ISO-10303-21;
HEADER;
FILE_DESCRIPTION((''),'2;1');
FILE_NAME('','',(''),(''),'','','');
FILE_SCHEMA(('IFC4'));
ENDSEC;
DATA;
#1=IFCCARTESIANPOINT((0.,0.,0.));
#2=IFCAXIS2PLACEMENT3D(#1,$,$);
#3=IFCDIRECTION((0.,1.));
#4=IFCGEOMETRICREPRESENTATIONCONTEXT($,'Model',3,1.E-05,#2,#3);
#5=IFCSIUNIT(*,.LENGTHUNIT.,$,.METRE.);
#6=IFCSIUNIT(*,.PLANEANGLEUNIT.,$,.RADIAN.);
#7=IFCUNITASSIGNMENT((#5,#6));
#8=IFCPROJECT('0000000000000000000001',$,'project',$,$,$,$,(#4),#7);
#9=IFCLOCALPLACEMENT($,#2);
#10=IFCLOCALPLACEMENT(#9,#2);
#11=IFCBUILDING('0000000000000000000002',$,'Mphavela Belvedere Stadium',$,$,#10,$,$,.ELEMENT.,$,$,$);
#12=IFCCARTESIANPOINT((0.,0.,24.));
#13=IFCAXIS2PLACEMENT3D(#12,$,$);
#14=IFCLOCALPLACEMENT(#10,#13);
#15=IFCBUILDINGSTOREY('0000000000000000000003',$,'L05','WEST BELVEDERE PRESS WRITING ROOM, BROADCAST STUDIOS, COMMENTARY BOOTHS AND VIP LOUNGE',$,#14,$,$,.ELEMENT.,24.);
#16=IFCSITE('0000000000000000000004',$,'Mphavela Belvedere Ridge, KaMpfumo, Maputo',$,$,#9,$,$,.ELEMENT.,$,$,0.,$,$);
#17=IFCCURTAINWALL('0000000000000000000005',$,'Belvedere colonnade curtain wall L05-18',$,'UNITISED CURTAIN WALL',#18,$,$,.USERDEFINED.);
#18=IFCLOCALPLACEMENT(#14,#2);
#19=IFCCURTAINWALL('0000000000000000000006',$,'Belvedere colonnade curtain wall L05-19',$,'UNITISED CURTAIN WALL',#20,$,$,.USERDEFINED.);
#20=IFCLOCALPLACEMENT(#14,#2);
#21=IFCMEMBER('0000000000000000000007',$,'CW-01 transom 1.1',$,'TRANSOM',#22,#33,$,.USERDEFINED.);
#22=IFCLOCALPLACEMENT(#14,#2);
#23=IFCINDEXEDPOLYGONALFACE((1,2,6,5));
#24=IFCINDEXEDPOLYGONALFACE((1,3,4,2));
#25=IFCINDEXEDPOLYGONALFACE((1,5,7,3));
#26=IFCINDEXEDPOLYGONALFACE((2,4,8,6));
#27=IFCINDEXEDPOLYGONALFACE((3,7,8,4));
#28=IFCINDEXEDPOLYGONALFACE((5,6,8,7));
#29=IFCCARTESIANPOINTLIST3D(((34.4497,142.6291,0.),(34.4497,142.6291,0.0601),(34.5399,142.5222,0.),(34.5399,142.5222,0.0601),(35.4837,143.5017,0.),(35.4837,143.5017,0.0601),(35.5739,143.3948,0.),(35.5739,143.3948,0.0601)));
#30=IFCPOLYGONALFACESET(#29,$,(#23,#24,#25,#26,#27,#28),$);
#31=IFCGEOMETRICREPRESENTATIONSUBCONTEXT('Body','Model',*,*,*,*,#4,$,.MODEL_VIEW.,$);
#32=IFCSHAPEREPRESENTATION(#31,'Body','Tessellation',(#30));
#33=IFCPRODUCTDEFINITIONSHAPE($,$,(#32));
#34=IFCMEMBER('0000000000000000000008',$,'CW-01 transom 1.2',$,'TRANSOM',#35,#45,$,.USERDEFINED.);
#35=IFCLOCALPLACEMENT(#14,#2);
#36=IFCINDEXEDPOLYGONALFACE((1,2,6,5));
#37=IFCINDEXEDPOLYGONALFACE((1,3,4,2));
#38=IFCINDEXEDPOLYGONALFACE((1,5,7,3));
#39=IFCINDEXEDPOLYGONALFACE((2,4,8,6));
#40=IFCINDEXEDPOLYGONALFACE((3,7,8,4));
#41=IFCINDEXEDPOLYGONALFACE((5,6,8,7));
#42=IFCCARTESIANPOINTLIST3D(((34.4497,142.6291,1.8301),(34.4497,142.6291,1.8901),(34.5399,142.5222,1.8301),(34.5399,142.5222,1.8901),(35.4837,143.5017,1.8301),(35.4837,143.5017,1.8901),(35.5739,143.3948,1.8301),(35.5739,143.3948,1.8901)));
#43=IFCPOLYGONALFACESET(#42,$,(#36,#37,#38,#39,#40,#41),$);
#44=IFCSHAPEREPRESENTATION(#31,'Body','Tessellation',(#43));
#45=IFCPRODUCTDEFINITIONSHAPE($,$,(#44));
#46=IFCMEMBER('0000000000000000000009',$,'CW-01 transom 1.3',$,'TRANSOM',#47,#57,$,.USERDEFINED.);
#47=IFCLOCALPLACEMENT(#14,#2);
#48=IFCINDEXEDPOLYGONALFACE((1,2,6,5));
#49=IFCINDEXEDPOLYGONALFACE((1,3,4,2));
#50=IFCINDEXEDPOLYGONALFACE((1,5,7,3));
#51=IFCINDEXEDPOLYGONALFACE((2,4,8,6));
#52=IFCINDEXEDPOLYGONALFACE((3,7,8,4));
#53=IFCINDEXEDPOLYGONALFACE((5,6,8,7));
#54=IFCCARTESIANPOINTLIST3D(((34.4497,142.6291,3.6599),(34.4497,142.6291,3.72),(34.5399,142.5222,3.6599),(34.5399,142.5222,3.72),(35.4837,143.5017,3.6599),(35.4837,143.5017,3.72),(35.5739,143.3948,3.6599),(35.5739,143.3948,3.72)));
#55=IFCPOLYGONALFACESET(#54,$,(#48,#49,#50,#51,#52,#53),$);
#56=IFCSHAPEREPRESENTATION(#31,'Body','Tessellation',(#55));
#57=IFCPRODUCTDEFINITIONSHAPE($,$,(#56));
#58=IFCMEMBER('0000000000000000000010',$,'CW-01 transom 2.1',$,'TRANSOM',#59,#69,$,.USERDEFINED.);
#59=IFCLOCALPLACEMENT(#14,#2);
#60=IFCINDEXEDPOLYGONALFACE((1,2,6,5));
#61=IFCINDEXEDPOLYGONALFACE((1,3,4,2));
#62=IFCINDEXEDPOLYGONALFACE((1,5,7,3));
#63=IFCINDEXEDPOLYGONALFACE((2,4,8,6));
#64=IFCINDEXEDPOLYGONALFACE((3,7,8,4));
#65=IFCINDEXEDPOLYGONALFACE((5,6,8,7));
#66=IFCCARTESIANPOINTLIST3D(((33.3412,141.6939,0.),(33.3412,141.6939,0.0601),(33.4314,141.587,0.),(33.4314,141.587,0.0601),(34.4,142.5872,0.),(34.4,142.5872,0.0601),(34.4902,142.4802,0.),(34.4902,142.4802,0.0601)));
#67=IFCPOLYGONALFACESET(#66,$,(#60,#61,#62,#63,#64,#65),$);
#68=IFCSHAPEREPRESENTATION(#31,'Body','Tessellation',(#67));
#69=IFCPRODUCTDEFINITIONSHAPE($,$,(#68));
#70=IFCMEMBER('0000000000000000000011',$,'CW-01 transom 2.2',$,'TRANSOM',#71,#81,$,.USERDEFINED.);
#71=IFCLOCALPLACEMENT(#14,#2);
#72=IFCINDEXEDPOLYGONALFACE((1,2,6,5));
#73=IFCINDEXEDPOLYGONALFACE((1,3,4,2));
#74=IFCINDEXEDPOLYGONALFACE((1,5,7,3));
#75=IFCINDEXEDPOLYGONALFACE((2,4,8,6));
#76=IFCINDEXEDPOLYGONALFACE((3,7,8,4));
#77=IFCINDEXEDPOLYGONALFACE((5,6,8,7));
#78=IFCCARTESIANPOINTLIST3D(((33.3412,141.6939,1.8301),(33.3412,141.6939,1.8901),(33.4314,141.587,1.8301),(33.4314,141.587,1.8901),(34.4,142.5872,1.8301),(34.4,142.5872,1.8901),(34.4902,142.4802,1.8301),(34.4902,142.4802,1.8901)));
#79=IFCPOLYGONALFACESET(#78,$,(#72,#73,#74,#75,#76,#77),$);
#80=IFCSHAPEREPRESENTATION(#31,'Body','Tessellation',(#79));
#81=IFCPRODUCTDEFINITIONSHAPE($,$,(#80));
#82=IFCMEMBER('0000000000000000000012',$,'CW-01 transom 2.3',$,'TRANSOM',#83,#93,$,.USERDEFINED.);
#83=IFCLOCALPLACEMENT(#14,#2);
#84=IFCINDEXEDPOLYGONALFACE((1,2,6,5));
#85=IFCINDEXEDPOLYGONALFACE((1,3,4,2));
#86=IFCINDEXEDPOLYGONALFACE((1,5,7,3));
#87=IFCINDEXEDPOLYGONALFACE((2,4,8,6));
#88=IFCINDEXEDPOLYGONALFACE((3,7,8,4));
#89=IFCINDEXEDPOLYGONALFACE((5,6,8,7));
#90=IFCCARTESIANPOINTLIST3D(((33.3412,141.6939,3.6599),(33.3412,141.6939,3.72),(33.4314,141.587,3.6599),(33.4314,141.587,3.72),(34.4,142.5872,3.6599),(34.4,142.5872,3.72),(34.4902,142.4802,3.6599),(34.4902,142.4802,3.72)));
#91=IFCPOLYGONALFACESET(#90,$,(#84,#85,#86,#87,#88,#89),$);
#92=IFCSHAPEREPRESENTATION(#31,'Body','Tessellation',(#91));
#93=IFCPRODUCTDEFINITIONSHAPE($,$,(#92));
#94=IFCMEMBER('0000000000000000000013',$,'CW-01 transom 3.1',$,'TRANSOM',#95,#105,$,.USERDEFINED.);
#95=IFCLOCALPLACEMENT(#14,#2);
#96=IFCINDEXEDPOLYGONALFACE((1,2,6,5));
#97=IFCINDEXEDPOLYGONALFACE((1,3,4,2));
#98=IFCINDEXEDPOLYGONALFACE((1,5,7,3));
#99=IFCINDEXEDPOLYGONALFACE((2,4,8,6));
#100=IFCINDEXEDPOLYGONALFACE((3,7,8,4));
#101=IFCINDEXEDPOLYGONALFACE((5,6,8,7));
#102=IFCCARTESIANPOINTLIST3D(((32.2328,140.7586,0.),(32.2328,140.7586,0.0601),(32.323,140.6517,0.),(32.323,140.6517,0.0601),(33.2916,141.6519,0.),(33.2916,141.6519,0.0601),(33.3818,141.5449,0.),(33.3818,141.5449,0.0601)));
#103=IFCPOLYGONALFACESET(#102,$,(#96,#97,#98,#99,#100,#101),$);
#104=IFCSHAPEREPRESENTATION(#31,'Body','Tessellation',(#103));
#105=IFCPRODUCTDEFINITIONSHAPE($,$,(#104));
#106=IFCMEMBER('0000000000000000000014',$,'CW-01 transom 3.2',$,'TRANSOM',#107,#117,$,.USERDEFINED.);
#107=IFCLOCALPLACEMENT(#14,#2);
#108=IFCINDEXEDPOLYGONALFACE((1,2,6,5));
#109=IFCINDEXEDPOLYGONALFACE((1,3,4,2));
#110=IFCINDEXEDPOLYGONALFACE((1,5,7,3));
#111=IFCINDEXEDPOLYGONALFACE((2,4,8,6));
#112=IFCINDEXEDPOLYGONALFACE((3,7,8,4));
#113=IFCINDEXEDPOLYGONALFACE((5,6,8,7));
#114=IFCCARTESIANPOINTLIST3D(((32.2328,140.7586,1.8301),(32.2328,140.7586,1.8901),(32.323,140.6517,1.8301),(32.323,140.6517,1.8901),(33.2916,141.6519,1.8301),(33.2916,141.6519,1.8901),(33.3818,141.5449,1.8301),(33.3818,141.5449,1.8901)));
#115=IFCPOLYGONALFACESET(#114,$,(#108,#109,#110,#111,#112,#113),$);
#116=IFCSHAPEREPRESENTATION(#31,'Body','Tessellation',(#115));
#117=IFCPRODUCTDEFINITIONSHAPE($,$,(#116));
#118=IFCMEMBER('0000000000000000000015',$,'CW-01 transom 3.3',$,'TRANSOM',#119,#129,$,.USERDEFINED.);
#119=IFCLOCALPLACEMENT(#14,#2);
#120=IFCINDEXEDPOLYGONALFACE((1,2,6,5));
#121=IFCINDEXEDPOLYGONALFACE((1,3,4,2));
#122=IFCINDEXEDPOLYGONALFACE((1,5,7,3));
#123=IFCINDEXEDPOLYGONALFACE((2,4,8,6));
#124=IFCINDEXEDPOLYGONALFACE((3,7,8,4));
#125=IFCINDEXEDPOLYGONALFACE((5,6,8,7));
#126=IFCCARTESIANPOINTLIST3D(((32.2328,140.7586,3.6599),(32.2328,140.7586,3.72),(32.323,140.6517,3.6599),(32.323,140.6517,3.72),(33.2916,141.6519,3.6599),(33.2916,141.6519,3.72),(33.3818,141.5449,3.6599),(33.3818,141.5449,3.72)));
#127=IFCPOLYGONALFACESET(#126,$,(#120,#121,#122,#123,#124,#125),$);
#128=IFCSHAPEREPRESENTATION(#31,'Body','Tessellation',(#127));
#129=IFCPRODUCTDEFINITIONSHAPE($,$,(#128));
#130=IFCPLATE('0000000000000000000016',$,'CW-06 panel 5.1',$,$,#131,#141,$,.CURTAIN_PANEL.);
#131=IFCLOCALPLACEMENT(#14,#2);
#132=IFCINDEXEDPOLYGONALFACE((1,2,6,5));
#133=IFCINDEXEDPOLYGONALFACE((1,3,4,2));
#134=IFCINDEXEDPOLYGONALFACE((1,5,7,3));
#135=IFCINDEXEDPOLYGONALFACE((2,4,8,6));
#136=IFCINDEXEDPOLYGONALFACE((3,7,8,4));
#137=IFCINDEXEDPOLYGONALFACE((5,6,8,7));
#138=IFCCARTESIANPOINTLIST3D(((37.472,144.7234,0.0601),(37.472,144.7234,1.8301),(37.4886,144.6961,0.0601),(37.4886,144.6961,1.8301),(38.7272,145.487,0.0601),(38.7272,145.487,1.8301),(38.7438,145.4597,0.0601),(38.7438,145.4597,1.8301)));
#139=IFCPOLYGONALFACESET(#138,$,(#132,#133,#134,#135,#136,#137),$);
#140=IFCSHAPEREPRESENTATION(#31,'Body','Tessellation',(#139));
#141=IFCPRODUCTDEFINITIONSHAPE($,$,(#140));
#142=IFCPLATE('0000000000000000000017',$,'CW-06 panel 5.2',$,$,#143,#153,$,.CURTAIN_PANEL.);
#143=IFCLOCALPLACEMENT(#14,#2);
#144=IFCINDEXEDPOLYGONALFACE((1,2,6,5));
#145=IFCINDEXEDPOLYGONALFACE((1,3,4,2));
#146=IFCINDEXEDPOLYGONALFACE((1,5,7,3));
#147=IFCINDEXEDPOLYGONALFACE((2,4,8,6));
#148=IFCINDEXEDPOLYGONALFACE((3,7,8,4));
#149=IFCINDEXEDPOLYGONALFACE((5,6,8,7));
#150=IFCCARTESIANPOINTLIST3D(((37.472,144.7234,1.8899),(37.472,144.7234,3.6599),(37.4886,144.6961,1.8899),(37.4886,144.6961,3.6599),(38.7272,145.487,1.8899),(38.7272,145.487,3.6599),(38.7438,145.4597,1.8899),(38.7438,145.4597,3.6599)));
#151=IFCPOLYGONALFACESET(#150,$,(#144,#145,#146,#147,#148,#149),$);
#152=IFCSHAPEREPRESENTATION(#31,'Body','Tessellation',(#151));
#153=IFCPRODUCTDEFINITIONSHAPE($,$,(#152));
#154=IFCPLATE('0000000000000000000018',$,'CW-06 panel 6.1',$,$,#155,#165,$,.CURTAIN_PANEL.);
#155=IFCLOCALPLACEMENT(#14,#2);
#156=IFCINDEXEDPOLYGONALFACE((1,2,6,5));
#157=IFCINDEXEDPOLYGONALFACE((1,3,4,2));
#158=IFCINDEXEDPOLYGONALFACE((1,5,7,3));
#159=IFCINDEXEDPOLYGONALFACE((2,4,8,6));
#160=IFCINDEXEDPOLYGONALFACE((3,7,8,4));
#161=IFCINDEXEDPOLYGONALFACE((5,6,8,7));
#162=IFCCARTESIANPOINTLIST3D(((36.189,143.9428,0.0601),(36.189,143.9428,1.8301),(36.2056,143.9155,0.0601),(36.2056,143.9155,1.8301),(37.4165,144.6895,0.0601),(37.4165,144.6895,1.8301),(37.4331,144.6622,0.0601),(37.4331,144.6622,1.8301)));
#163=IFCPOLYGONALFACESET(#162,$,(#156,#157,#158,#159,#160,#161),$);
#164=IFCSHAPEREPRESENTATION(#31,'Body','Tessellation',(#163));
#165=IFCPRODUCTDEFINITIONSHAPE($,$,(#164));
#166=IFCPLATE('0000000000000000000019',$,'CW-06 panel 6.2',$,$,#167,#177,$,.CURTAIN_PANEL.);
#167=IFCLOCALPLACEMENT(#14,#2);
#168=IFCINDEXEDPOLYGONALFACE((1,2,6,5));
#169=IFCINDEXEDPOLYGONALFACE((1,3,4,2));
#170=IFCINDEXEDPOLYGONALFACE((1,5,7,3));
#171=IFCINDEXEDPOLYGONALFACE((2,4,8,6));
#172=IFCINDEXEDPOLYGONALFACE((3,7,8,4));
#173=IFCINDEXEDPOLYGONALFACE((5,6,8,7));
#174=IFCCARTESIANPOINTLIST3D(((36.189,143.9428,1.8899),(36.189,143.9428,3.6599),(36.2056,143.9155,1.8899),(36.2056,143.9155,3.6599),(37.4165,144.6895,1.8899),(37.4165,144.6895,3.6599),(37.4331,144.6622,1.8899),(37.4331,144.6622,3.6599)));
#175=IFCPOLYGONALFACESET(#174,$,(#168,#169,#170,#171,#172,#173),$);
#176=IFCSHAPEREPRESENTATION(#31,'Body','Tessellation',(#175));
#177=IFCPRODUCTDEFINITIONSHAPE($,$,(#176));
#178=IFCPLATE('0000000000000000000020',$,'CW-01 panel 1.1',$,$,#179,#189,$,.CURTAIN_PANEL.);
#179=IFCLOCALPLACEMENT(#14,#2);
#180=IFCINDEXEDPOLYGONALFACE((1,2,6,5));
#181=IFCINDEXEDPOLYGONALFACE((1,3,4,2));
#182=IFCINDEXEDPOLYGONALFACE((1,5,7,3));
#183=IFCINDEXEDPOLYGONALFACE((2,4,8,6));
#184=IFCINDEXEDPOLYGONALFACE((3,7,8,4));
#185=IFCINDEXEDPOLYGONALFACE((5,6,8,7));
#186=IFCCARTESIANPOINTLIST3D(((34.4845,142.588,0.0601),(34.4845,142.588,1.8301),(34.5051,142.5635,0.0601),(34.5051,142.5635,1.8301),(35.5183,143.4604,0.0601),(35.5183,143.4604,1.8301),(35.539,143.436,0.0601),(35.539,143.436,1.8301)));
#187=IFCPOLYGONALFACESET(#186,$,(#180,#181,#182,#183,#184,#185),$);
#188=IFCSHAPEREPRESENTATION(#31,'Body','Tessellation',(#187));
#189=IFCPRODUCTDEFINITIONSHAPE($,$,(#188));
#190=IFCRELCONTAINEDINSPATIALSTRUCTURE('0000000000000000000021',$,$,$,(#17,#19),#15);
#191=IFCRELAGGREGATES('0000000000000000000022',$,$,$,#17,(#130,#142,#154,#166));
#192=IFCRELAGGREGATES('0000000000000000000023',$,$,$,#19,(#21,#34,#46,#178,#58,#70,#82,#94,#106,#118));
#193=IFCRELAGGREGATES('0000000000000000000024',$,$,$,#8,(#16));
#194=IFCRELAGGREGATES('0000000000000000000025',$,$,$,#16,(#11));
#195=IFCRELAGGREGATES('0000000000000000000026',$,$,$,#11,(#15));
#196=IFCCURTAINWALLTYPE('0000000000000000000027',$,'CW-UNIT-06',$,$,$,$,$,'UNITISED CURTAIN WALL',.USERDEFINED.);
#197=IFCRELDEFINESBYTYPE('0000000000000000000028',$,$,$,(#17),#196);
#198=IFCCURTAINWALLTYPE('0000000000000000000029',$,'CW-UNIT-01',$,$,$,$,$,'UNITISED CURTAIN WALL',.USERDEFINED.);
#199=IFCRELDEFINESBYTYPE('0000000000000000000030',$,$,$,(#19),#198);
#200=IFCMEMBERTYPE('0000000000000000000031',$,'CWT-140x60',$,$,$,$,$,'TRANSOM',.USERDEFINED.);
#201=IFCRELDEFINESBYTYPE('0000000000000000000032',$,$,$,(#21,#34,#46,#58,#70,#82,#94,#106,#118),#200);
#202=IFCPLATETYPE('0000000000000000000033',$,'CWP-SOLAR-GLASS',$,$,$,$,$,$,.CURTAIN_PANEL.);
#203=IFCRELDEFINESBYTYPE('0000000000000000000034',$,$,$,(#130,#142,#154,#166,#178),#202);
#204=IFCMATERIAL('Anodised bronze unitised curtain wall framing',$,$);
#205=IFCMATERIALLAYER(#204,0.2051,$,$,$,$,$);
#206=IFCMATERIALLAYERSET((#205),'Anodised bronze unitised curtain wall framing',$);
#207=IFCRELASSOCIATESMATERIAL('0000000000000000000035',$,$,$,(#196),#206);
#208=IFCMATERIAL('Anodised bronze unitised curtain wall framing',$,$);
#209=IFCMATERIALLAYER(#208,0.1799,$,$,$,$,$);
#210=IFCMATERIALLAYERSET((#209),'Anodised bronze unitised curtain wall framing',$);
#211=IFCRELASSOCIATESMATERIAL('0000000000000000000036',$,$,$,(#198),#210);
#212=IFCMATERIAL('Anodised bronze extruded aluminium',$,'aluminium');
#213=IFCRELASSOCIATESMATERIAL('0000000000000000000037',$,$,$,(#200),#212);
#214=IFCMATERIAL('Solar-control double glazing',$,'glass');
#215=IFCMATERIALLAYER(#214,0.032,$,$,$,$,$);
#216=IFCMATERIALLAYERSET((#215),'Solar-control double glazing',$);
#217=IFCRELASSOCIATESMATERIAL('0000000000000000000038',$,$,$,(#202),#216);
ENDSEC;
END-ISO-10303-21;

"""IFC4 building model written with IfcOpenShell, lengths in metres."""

from ifc_helpers import new_model, si_unit, direction, frame, origin, origin_2d, place, context, subcontext, project, spatial, rectangle, extrude, material, layer, layer_set, material_profile, profile_set, type_object, element, aggregate, save


model = new_model("IFC4")

# Units and contexts
model_context = context("Model", 3, precision=1e-05, world=origin(), true_north=direction((0.0, 1.0)))
body_context = subcontext(model_context, "Body", "Model", "MODEL_VIEW")
ifc_project = project(units=[si_unit("LENGTHUNIT", "METRE"), si_unit("PLANEANGLEUNIT", "RADIAN")], contexts=[model_context])

# Site, building, storey
site_placement = place(None, origin())
site = spatial("IfcSite", under=ifc_project, at=site_placement, Name="Mphavela Belvedere Ridge, KaMpfumo, Maputo", CompositionType="ELEMENT", RefElevation=0.0)
building_placement = place(site_placement, origin())
building = spatial("IfcBuilding", under=site, at=building_placement, Name="Mphavela Belvedere Stadium", CompositionType="ELEMENT")
storey_placement = place(building_placement, frame((0.0, 0.0, 24.0)))
storey = spatial("IfcBuildingStorey", under=building, at=storey_placement, Name="L05", Description="WEST BELVEDERE PRESS WRITING ROOM, BROADCAST STUDIOS, COMMENTARY BOOTHS AND VIP LOUNGE", CompositionType="ELEMENT", Elevation=24.0)

# Curtain walls
ifc_material_1 = material(Name="Anodised bronze unitised curtain wall framing")
ifc_layer_1 = layer(ifc_material_1, 0.2051)
ifc_layer_set_1 = layer_set([ifc_layer_1], Name="Anodised bronze unitised curtain wall framing")
curtain_wall_type_1 = type_object("IfcCurtainWallType", Name="CW-UNIT-06", ElementType="UNITISED CURTAIN WALL", PredefinedType="USERDEFINED", material=ifc_layer_set_1)
curtain_wall_1_placement = place(storey_placement, origin())
curtain_wall_1 = element("IfcCurtainWall", 1, at=curtain_wall_1_placement, inside=storey, type_object=curtain_wall_type_1, Name="Belvedere colonnade curtain wall L05-18", ObjectType="UNITISED CURTAIN WALL", PredefinedType="USERDEFINED")
ifc_material_2 = material(Name="Anodised bronze unitised curtain wall framing")
ifc_layer_2 = layer(ifc_material_2, 0.1799)
ifc_layer_set_2 = layer_set([ifc_layer_2], Name="Anodised bronze unitised curtain wall framing")
curtain_wall_type_2 = type_object("IfcCurtainWallType", Name="CW-UNIT-01", ElementType="UNITISED CURTAIN WALL", PredefinedType="USERDEFINED", material=ifc_layer_set_2)
curtain_wall_2_placement = place(storey_placement, origin())
curtain_wall_2 = element("IfcCurtainWall", 2, at=curtain_wall_2_placement, inside=storey, type_object=curtain_wall_type_2, Name="Belvedere colonnade curtain wall L05-19", ObjectType="UNITISED CURTAIN WALL", PredefinedType="USERDEFINED")

# Members
ifc_material_3 = material(Name="Anodised bronze extruded aluminium", Category="aluminium")
ifc_material_profile_1 = material_profile(ifc_material_3, rectangle(XDim=0.1399, YDim=0.0601, at=origin_2d()), Name="CW-TRN 140x60")
ifc_profile_set_1 = profile_set([ifc_material_profile_1], Name="Anodised bronze extruded aluminium")
member_type_1 = type_object("IfcMemberType", Name="CWT-140x60", ElementType="TRANSOM", PredefinedType="USERDEFINED", material=ifc_profile_set_1)
member_1_placement = place(storey_placement, frame((35.5288, 143.4482, 0.03), z_axis=(-0.764228, -0.644947, 0.0), x_axis=(0.644947, -0.764228, 0.0)))
member_1 = element("IfcMember", 3, at=member_1_placement, type_object=member_type_1, Name="CW-01 transom 1.1", ObjectType="TRANSOM", PredefinedType="USERDEFINED", context=body_context, shape_type="SweptSolid", body=[
    extrude(rectangle(XDim=0.1399, YDim=0.0601, at=origin_2d()), origin(), (0.0, 0.0, 1.0), 1.353),
])
member_2_placement = place(storey_placement, frame((35.5288, 143.4482, 1.8601), z_axis=(-0.764228, -0.644947, 0.0), x_axis=(0.644947, -0.764228, 0.0)))
member_2 = element("IfcMember", 4, at=member_2_placement, type_object=member_type_1, Name="CW-01 transom 1.2", ObjectType="TRANSOM", PredefinedType="USERDEFINED", context=body_context, shape_type="SweptSolid", body=[
    extrude(rectangle(XDim=0.1399, YDim=0.0601, at=origin_2d()), origin(), (0.0, 0.0, 1.0), 1.353),
])
member_3_placement = place(storey_placement, frame((35.5288, 143.4482, 3.6899), z_axis=(-0.764228, -0.644947, 0.0), x_axis=(0.644947, -0.764228, 0.0)))
member_3 = element("IfcMember", 5, at=member_3_placement, type_object=member_type_1, Name="CW-01 transom 1.3", ObjectType="TRANSOM", PredefinedType="USERDEFINED", context=body_context, shape_type="SweptSolid", body=[
    extrude(rectangle(XDim=0.1399, YDim=0.0601, at=origin_2d()), origin(), (0.0, 0.0, 1.0), 1.353),
])
member_4_placement = place(storey_placement, frame((34.4451, 142.5337, 0.03), z_axis=(-0.764321, -0.644836, 0.0), x_axis=(0.644836, -0.764321, 0.0)))
member_4 = element("IfcMember", 6, at=member_4_placement, type_object=member_type_1, Name="CW-01 transom 2.1", ObjectType="TRANSOM", PredefinedType="USERDEFINED", context=body_context, shape_type="SweptSolid", body=[
    extrude(rectangle(XDim=0.1399, YDim=0.0601, at=origin_2d()), origin(), (0.0, 0.0, 1.0), 1.3853),
])
member_5_placement = place(storey_placement, frame((34.4451, 142.5337, 1.8601), z_axis=(-0.764321, -0.644836, 0.0), x_axis=(0.644836, -0.764321, 0.0)))
member_5 = element("IfcMember", 7, at=member_5_placement, type_object=member_type_1, Name="CW-01 transom 2.2", ObjectType="TRANSOM", PredefinedType="USERDEFINED", context=body_context, shape_type="SweptSolid", body=[
    extrude(rectangle(XDim=0.1399, YDim=0.0601, at=origin_2d()), origin(), (0.0, 0.0, 1.0), 1.3853),
])
member_6_placement = place(storey_placement, frame((34.4451, 142.5337, 3.6899), z_axis=(-0.764321, -0.644836, 0.0), x_axis=(0.644836, -0.764321, 0.0)))
member_6 = element("IfcMember", 8, at=member_6_placement, type_object=member_type_1, Name="CW-01 transom 2.3", ObjectType="TRANSOM", PredefinedType="USERDEFINED", context=body_context, shape_type="SweptSolid", body=[
    extrude(rectangle(XDim=0.1399, YDim=0.0601, at=origin_2d()), origin(), (0.0, 0.0, 1.0), 1.3853),
])
member_7_placement = place(storey_placement, frame((33.3367, 141.5984, 0.03), z_axis=(-0.764321, -0.644836, 0.0), x_axis=(0.644836, -0.764321, 0.0)))
member_7 = element("IfcMember", 9, at=member_7_placement, type_object=member_type_1, Name="CW-01 transom 3.1", ObjectType="TRANSOM", PredefinedType="USERDEFINED", context=body_context, shape_type="SweptSolid", body=[
    extrude(rectangle(XDim=0.1399, YDim=0.0601, at=origin_2d()), origin(), (0.0, 0.0, 1.0), 1.3853),
])
member_8_placement = place(storey_placement, frame((33.3367, 141.5984, 1.8601), z_axis=(-0.764321, -0.644836, 0.0), x_axis=(0.644836, -0.764321, 0.0)))
member_8 = element("IfcMember", 10, at=member_8_placement, type_object=member_type_1, Name="CW-01 transom 3.2", ObjectType="TRANSOM", PredefinedType="USERDEFINED", context=body_context, shape_type="SweptSolid", body=[
    extrude(rectangle(XDim=0.1399, YDim=0.0601, at=origin_2d()), origin(), (0.0, 0.0, 1.0), 1.3853),
])
member_9_placement = place(storey_placement, frame((33.3367, 141.5984, 3.6899), z_axis=(-0.764321, -0.644836, 0.0), x_axis=(0.644836, -0.764321, 0.0)))
member_9 = element("IfcMember", 11, at=member_9_placement, type_object=member_type_1, Name="CW-01 transom 3.3", ObjectType="TRANSOM", PredefinedType="USERDEFINED", context=body_context, shape_type="SweptSolid", body=[
    extrude(rectangle(XDim=0.1399, YDim=0.0601, at=origin_2d()), origin(), (0.0, 0.0, 1.0), 1.3853),
])

# Plates
ifc_material_4 = material(Name="Solar-control double glazing", Category="glass")
ifc_layer_3 = layer(ifc_material_4, 0.032)
ifc_layer_set_3 = layer_set([ifc_layer_3], Name="Solar-control double glazing")
plate_type = type_object("IfcPlateType", Name="CWP-SOLAR-GLASS", PredefinedType="CURTAIN_PANEL", material=ifc_layer_set_3)
plate_1_placement = place(storey_placement, frame((38.1079, 145.0916, 0.0601), z_axis=(0.0, 0.0, 1.0), x_axis=(-0.854327, -0.519735, 0.0)))
plate_1 = element("IfcPlate", 12, at=plate_1_placement, type_object=plate_type, Name="CW-06 panel 5.1", PredefinedType="CURTAIN_PANEL", context=body_context, shape_type="SweptSolid", body=[
    extrude(rectangle(XDim=1.4692, YDim=0.032, at=origin_2d()), origin(), (0.0, 0.0, 1.0), 1.77),
])
plate_2_placement = place(storey_placement, frame((38.1079, 145.0916, 1.8899), z_axis=(0.0, 0.0, 1.0), x_axis=(-0.854327, -0.519735, 0.0)))
plate_2 = element("IfcPlate", 13, at=plate_2_placement, type_object=plate_type, Name="CW-06 panel 5.2", PredefinedType="CURTAIN_PANEL", context=body_context, shape_type="SweptSolid", body=[
    extrude(rectangle(XDim=1.4692, YDim=0.032, at=origin_2d()), origin(), (0.0, 0.0, 1.0), 1.77),
])
plate_3_placement = place(storey_placement, frame((36.811, 144.3025, 0.0601), z_axis=(0.0, 0.0, 1.0), x_axis=(-0.854327, -0.519735, 0.0)))
plate_3 = element("IfcPlate", 14, at=plate_3_placement, type_object=plate_type, Name="CW-06 panel 6.1", PredefinedType="CURTAIN_PANEL", context=body_context, shape_type="SweptSolid", body=[
    extrude(rectangle(XDim=1.4368, YDim=0.032, at=origin_2d()), origin(), (0.0, 0.0, 1.0), 1.77),
])
plate_4_placement = place(storey_placement, frame((36.811, 144.3025, 1.8899), z_axis=(0.0, 0.0, 1.0), x_axis=(-0.854327, -0.519735, 0.0)))
plate_4 = element("IfcPlate", 15, at=plate_4_placement, type_object=plate_type, Name="CW-06 panel 6.2", PredefinedType="CURTAIN_PANEL", context=body_context, shape_type="SweptSolid", body=[
    extrude(rectangle(XDim=1.4368, YDim=0.032, at=origin_2d()), origin(), (0.0, 0.0, 1.0), 1.77),
])
aggregate(curtain_wall_1, [plate_1, plate_2, plate_3, plate_4])
plate_5_placement = place(storey_placement, frame((35.0117, 143.012, 0.0601), z_axis=(0.0, 0.0, 1.0), x_axis=(-0.764253, -0.644916, 0.0)))
plate_5 = element("IfcPlate", 16, at=plate_5_placement, type_object=plate_type, Name="CW-01 panel 1.1", PredefinedType="CURTAIN_PANEL", context=body_context, shape_type="SweptSolid", body=[
    extrude(rectangle(XDim=1.3528, YDim=0.032, at=origin_2d()), origin(), (0.0, 0.0, 1.0), 1.77),
])
aggregate(curtain_wall_2, [member_1, member_2, member_3, plate_5, member_4, member_5, member_6, member_7, member_8, member_9])

save(model, "model.ifc")
